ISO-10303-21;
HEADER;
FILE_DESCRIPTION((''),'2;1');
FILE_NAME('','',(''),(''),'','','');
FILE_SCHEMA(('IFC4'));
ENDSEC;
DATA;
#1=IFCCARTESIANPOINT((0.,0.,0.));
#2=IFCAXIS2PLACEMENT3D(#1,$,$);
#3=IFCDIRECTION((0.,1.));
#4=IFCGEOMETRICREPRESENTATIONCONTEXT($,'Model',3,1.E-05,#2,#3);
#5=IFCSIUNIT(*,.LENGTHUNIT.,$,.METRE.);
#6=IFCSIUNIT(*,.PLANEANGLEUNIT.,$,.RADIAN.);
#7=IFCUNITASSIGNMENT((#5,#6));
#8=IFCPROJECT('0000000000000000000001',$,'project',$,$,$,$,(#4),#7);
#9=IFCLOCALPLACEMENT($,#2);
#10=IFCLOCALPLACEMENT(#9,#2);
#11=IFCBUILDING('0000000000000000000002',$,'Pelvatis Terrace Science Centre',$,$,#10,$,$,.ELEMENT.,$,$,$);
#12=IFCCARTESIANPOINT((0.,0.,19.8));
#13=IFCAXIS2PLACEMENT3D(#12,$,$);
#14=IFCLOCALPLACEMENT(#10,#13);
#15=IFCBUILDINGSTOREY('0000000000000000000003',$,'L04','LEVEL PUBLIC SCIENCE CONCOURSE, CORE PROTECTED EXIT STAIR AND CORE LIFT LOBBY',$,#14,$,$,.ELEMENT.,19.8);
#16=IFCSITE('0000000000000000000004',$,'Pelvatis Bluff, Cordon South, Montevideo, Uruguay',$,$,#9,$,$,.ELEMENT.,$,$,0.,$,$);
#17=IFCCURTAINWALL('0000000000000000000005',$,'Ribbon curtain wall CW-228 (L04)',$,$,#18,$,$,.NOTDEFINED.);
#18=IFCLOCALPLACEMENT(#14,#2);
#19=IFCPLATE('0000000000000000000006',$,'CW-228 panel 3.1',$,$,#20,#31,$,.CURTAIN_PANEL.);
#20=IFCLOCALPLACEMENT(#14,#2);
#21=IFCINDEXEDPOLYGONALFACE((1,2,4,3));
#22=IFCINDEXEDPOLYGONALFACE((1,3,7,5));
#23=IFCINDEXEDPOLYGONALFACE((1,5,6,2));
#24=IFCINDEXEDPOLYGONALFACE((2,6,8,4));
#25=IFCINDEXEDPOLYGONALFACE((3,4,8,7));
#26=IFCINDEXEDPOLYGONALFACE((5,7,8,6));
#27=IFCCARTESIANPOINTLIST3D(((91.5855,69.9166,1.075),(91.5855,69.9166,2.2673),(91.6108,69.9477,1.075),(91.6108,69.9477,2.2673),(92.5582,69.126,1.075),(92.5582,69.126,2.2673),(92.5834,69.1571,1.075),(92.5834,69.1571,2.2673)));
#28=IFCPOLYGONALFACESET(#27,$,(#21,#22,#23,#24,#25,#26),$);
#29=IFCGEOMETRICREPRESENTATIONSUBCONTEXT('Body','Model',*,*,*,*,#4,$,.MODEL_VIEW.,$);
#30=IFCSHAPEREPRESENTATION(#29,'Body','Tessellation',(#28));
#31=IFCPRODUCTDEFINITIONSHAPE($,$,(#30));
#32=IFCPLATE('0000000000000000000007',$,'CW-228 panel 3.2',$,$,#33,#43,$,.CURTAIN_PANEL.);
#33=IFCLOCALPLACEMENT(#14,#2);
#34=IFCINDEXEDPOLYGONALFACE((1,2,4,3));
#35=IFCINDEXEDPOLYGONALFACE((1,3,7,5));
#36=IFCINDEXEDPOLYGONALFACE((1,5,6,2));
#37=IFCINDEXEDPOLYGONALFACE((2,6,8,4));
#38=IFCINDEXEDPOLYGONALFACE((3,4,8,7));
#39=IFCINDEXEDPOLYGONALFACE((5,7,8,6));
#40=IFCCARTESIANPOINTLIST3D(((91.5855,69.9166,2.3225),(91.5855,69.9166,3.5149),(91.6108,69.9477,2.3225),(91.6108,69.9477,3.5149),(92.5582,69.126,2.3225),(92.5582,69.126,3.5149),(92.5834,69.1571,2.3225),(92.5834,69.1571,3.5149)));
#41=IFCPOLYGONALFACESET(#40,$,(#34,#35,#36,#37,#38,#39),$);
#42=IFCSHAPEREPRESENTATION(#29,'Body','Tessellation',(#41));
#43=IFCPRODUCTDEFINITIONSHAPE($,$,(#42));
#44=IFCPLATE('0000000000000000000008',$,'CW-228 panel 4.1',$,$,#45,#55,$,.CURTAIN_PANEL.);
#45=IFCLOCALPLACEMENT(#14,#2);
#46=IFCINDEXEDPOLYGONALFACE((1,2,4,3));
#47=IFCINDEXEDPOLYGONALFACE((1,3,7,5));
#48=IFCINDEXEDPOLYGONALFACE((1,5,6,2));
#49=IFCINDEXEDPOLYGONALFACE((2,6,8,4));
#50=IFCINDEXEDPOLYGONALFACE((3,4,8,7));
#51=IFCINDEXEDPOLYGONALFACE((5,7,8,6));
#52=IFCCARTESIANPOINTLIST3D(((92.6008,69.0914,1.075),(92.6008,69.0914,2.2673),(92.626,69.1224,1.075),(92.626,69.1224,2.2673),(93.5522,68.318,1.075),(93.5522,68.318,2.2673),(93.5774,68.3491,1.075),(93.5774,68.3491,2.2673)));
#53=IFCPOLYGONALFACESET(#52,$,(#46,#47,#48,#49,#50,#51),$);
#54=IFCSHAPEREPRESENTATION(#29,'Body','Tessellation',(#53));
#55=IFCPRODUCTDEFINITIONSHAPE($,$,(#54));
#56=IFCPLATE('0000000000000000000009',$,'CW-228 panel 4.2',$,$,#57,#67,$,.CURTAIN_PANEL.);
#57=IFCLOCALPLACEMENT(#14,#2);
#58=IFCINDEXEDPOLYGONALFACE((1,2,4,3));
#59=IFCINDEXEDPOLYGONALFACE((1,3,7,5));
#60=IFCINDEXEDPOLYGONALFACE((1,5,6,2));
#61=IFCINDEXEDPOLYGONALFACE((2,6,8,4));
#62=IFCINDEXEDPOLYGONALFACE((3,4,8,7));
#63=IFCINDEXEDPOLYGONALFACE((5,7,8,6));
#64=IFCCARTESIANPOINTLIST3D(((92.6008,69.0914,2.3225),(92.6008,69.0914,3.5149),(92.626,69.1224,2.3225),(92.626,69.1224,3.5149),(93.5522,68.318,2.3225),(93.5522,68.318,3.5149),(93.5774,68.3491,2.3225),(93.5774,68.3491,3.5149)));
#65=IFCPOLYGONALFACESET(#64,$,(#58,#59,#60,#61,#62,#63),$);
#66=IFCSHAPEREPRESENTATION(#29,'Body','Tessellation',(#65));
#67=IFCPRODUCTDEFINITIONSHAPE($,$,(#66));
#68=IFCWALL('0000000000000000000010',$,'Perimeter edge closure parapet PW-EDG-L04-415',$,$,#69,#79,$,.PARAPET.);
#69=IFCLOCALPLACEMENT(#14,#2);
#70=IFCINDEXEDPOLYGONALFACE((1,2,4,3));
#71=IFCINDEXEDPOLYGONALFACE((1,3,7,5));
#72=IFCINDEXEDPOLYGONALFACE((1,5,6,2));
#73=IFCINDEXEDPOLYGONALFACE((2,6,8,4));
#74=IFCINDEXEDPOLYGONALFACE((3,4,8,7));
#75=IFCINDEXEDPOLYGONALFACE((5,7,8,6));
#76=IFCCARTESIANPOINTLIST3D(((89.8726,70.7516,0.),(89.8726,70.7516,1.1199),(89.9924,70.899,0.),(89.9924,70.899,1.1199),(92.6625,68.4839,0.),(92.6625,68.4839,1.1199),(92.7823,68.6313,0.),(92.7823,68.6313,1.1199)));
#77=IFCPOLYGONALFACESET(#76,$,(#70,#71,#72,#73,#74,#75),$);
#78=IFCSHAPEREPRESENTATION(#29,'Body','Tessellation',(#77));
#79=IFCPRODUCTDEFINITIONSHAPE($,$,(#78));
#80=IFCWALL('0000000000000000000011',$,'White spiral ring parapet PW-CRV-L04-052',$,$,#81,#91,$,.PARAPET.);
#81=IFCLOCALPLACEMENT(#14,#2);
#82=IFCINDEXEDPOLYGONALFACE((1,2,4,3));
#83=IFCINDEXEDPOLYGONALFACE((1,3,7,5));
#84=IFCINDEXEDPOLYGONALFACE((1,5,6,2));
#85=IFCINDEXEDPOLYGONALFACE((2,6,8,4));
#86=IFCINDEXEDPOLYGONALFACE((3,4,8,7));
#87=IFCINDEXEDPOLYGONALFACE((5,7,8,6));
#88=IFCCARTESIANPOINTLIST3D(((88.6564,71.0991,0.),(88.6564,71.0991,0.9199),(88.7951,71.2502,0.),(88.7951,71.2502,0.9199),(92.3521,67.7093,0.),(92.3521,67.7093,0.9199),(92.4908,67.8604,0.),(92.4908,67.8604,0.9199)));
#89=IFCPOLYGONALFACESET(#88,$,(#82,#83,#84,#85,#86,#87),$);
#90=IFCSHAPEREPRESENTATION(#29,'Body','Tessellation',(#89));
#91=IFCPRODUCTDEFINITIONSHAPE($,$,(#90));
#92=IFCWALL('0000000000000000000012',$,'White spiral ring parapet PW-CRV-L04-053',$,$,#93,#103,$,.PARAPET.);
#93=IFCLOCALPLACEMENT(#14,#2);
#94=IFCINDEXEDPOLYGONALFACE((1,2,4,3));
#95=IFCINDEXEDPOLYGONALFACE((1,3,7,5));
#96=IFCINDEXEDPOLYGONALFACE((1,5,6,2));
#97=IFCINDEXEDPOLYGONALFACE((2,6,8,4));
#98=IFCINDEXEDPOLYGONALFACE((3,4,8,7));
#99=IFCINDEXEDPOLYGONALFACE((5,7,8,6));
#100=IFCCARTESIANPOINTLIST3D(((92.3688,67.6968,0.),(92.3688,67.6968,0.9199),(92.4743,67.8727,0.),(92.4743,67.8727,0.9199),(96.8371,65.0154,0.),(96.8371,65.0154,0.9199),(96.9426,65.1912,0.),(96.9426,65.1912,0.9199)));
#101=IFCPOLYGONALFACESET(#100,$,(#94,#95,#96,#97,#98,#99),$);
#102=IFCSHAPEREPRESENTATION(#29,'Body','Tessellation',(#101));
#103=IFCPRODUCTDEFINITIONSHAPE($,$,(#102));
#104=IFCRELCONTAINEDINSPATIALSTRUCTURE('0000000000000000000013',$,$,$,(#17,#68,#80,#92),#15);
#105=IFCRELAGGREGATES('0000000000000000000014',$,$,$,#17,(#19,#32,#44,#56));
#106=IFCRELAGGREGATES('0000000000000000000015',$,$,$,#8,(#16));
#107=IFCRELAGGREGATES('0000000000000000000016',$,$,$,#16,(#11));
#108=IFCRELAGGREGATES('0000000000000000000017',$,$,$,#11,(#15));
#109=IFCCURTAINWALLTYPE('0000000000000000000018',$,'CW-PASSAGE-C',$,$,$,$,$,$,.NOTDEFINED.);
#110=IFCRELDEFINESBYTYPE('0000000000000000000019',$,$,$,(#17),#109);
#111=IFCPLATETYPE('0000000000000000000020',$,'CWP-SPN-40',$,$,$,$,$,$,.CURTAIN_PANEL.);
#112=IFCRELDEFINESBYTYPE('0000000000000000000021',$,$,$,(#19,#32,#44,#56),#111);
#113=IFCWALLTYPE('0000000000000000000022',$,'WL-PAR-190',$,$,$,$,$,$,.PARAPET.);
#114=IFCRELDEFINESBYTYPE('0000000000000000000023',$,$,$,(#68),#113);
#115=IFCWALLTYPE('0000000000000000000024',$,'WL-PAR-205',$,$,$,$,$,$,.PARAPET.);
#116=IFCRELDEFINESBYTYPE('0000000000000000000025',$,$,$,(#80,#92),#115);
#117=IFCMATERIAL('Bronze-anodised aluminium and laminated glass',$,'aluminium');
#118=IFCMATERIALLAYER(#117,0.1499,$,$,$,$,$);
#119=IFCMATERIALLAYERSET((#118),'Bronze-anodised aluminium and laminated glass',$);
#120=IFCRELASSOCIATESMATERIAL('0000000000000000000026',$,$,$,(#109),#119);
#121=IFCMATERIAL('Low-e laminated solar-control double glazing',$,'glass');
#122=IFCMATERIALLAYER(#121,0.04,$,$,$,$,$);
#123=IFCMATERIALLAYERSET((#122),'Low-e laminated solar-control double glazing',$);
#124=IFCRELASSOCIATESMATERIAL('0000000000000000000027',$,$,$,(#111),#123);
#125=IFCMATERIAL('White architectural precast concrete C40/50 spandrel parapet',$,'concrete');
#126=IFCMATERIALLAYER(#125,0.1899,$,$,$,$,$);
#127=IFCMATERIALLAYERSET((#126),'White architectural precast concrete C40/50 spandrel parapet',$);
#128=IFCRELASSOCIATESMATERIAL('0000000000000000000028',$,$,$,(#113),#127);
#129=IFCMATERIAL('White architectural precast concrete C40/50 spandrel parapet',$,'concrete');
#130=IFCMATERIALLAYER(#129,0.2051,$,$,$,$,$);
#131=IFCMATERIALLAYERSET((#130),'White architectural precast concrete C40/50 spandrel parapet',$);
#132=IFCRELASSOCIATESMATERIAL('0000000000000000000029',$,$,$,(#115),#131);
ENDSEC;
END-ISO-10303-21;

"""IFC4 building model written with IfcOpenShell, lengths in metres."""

from ifc_helpers import new_model, si_unit, direction, frame, frame_2d, origin, origin_2d, place, context, subcontext, project, spatial, rectangle, extrude, material, layer, layer_set, type_object, element, aggregate, save


model = new_model("IFC4")

# Units and contexts
model_context = context("Model", 3, precision=1e-05, world=origin(), true_north=direction((0.0, 1.0)))
body_context = subcontext(model_context, "Body", "Model", "MODEL_VIEW")
ifc_project = project(units=[si_unit("LENGTHUNIT", "METRE"), si_unit("PLANEANGLEUNIT", "RADIAN")], contexts=[model_context])

# Site, building, storey
site_placement = place(None, origin())
site = spatial("IfcSite", under=ifc_project, at=site_placement, Name="Pelvatis Bluff, Cordon South, Montevideo, Uruguay", CompositionType="ELEMENT", RefElevation=0.0)
building_placement = place(site_placement, origin())
building = spatial("IfcBuilding", under=site, at=building_placement, Name="Pelvatis Terrace Science Centre", CompositionType="ELEMENT")
storey_placement = place(building_placement, frame((0.0, 0.0, 19.8)))
storey = spatial("IfcBuildingStorey", under=building, at=storey_placement, Name="L04", Description="LEVEL PUBLIC SCIENCE CONCOURSE, CORE PROTECTED EXIT STAIR AND CORE LIFT LOBBY", CompositionType="ELEMENT", Elevation=19.8)

# Curtain wall, plates
ifc_material_1 = material(Name="Bronze-anodised aluminium and laminated glass", Category="aluminium")
ifc_layer_1 = layer(ifc_material_1, 0.1499)
ifc_layer_set_1 = layer_set([ifc_layer_1], Name="Bronze-anodised aluminium and laminated glass")
curtain_wall_type = type_object("IfcCurtainWallType", Name="CW-PASSAGE-C", PredefinedType="NOTDEFINED", material=ifc_layer_set_1)
curtain_wall_placement = place(storey_placement, origin())
curtain_wall = element("IfcCurtainWall", 1, at=curtain_wall_placement, inside=storey, type_object=curtain_wall_type, Name="Ribbon curtain wall CW-228 (L04)", PredefinedType="NOTDEFINED")
ifc_material_2 = material(Name="Low-e laminated solar-control double glazing", Category="glass")
ifc_layer_2 = layer(ifc_material_2, 0.04)
ifc_layer_set_2 = layer_set([ifc_layer_2], Name="Low-e laminated solar-control double glazing")
plate_type = type_object("IfcPlateType", Name="CWP-SPN-40", PredefinedType="CURTAIN_PANEL", material=ifc_layer_set_2)
plate_1_placement = place(storey_placement, frame((92.0845, 69.5369, 1.075), z_axis=(0.0, 0.0, 1.0), x_axis=(0.77598, -0.630757, 0.0)))
plate_1 = element("IfcPlate", 2, at=plate_1_placement, type_object=plate_type, Name="CW-228 panel 3.1", PredefinedType="CURTAIN_PANEL", context=body_context, shape_type="SweptSolid", body=[
    extrude(rectangle(XDim=1.2534, YDim=0.04, at=origin_2d()), origin(), (0.0, 0.0, 1.0), 1.1924),
])
plate_2_placement = place(storey_placement, frame((92.0845, 69.5369, 2.3225), z_axis=(0.0, 0.0, 1.0), x_axis=(0.77598, -0.630757, 0.0)))
plate_2 = element("IfcPlate", 3, at=plate_2_placement, type_object=plate_type, Name="CW-228 panel 3.2", PredefinedType="CURTAIN_PANEL", context=body_context, shape_type="SweptSolid", body=[
    extrude(rectangle(XDim=1.2534, YDim=0.04, at=origin_2d()), origin(), (0.0, 0.0, 1.0), 1.1924),
])
plate_3_placement = place(storey_placement, frame((93.0891, 68.7202, 1.075), z_axis=(0.0, 0.0, 1.0), x_axis=(0.77598, -0.630757, 0.0)))
plate_3 = element("IfcPlate", 4, at=plate_3_placement, type_object=plate_type, Name="CW-228 panel 4.1", PredefinedType="CURTAIN_PANEL", context=body_context, shape_type="SweptSolid", body=[
    extrude(rectangle(XDim=1.2261, YDim=0.04, at=origin_2d()), origin(), (0.0, 0.0, 1.0), 1.1924),
])
plate_4_placement = place(storey_placement, frame((93.0891, 68.7202, 2.3225), z_axis=(0.0, 0.0, 1.0), x_axis=(0.77598, -0.630757, 0.0)))
plate_4 = element("IfcPlate", 5, at=plate_4_placement, type_object=plate_type, Name="CW-228 panel 4.2", PredefinedType="CURTAIN_PANEL", context=body_context, shape_type="SweptSolid", body=[
    extrude(rectangle(XDim=1.2261, YDim=0.04, at=origin_2d()), origin(), (0.0, 0.0, 1.0), 1.1924),
])
aggregate(curtain_wall, [plate_1, plate_2, plate_3, plate_4])

# Walls
ifc_material_3 = material(Name="White architectural precast concrete C40/50 spandrel parapet", Category="concrete")
ifc_layer_3 = layer(ifc_material_3, 0.1899)
ifc_layer_set_3 = layer_set([ifc_layer_3], Name="White architectural precast concrete C40/50 spandrel parapet")
wall_type_1 = type_object("IfcWallType", Name="WL-PAR-190", PredefinedType="PARAPET", material=ifc_layer_set_3)
wall_1_placement = place(storey_placement, frame((92.7224, 68.5576, 0.0), z_axis=(0.0, 0.0, 1.0), x_axis=(-0.775996, 0.630738, 0.0)))
element("IfcWall", 6, at=wall_1_placement, inside=storey, type_object=wall_type_1, Name="Perimeter edge closure parapet PW-EDG-L04-415", PredefinedType="PARAPET", context=body_context, shape_type="SweptSolid", body=[
    extrude(rectangle(XDim=3.5952, YDim=0.1899, at=frame_2d((1.7976, 0.0))), origin(), (0.0, 0.0, 1.0), 1.1199),
])
ifc_material_4 = material(Name="White architectural precast concrete C40/50 spandrel parapet", Category="concrete")
ifc_layer_4 = layer(ifc_material_4, 0.2051)
ifc_layer_set_4 = layer_set([ifc_layer_4], Name="White architectural precast concrete C40/50 spandrel parapet")
wall_type_2 = type_object("IfcWallType", Name="WL-PAR-205", PredefinedType="PARAPET", material=ifc_layer_set_4)
wall_2_placement = place(storey_placement, frame((88.7258, 71.1746, 0.0), z_axis=(0.0, 0.0, 1.0), x_axis=(0.736948, -0.675949, 0.0)))
element("IfcWall", 7, at=wall_2_placement, inside=storey, type_object=wall_type_2, Name="White spiral ring parapet PW-CRV-L04-052", PredefinedType="PARAPET", context=body_context, shape_type="SweptSolid", body=[
    extrude(rectangle(XDim=5.0149, YDim=0.2051, at=frame_2d((2.5073, 0.0))), origin(), (0.0, 0.0, 1.0), 0.9199),
])
wall_3_placement = place(storey_placement, frame((92.4216, 67.7847, 0.0), z_axis=(0.0, 0.0, 1.0), x_axis=(0.857456, -0.514558, 0.0)))
element("IfcWall", 8, at=wall_3_placement, inside=storey, type_object=wall_type_2, Name="White spiral ring parapet PW-CRV-L04-053", PredefinedType="PARAPET", context=body_context, shape_type="SweptSolid", body=[
    extrude(rectangle(XDim=5.2112, YDim=0.2051, at=frame_2d((2.6055, 0.0))), origin(), (0.0, 0.0, 1.0), 0.9199),
])

save(model, "model.ifc")
